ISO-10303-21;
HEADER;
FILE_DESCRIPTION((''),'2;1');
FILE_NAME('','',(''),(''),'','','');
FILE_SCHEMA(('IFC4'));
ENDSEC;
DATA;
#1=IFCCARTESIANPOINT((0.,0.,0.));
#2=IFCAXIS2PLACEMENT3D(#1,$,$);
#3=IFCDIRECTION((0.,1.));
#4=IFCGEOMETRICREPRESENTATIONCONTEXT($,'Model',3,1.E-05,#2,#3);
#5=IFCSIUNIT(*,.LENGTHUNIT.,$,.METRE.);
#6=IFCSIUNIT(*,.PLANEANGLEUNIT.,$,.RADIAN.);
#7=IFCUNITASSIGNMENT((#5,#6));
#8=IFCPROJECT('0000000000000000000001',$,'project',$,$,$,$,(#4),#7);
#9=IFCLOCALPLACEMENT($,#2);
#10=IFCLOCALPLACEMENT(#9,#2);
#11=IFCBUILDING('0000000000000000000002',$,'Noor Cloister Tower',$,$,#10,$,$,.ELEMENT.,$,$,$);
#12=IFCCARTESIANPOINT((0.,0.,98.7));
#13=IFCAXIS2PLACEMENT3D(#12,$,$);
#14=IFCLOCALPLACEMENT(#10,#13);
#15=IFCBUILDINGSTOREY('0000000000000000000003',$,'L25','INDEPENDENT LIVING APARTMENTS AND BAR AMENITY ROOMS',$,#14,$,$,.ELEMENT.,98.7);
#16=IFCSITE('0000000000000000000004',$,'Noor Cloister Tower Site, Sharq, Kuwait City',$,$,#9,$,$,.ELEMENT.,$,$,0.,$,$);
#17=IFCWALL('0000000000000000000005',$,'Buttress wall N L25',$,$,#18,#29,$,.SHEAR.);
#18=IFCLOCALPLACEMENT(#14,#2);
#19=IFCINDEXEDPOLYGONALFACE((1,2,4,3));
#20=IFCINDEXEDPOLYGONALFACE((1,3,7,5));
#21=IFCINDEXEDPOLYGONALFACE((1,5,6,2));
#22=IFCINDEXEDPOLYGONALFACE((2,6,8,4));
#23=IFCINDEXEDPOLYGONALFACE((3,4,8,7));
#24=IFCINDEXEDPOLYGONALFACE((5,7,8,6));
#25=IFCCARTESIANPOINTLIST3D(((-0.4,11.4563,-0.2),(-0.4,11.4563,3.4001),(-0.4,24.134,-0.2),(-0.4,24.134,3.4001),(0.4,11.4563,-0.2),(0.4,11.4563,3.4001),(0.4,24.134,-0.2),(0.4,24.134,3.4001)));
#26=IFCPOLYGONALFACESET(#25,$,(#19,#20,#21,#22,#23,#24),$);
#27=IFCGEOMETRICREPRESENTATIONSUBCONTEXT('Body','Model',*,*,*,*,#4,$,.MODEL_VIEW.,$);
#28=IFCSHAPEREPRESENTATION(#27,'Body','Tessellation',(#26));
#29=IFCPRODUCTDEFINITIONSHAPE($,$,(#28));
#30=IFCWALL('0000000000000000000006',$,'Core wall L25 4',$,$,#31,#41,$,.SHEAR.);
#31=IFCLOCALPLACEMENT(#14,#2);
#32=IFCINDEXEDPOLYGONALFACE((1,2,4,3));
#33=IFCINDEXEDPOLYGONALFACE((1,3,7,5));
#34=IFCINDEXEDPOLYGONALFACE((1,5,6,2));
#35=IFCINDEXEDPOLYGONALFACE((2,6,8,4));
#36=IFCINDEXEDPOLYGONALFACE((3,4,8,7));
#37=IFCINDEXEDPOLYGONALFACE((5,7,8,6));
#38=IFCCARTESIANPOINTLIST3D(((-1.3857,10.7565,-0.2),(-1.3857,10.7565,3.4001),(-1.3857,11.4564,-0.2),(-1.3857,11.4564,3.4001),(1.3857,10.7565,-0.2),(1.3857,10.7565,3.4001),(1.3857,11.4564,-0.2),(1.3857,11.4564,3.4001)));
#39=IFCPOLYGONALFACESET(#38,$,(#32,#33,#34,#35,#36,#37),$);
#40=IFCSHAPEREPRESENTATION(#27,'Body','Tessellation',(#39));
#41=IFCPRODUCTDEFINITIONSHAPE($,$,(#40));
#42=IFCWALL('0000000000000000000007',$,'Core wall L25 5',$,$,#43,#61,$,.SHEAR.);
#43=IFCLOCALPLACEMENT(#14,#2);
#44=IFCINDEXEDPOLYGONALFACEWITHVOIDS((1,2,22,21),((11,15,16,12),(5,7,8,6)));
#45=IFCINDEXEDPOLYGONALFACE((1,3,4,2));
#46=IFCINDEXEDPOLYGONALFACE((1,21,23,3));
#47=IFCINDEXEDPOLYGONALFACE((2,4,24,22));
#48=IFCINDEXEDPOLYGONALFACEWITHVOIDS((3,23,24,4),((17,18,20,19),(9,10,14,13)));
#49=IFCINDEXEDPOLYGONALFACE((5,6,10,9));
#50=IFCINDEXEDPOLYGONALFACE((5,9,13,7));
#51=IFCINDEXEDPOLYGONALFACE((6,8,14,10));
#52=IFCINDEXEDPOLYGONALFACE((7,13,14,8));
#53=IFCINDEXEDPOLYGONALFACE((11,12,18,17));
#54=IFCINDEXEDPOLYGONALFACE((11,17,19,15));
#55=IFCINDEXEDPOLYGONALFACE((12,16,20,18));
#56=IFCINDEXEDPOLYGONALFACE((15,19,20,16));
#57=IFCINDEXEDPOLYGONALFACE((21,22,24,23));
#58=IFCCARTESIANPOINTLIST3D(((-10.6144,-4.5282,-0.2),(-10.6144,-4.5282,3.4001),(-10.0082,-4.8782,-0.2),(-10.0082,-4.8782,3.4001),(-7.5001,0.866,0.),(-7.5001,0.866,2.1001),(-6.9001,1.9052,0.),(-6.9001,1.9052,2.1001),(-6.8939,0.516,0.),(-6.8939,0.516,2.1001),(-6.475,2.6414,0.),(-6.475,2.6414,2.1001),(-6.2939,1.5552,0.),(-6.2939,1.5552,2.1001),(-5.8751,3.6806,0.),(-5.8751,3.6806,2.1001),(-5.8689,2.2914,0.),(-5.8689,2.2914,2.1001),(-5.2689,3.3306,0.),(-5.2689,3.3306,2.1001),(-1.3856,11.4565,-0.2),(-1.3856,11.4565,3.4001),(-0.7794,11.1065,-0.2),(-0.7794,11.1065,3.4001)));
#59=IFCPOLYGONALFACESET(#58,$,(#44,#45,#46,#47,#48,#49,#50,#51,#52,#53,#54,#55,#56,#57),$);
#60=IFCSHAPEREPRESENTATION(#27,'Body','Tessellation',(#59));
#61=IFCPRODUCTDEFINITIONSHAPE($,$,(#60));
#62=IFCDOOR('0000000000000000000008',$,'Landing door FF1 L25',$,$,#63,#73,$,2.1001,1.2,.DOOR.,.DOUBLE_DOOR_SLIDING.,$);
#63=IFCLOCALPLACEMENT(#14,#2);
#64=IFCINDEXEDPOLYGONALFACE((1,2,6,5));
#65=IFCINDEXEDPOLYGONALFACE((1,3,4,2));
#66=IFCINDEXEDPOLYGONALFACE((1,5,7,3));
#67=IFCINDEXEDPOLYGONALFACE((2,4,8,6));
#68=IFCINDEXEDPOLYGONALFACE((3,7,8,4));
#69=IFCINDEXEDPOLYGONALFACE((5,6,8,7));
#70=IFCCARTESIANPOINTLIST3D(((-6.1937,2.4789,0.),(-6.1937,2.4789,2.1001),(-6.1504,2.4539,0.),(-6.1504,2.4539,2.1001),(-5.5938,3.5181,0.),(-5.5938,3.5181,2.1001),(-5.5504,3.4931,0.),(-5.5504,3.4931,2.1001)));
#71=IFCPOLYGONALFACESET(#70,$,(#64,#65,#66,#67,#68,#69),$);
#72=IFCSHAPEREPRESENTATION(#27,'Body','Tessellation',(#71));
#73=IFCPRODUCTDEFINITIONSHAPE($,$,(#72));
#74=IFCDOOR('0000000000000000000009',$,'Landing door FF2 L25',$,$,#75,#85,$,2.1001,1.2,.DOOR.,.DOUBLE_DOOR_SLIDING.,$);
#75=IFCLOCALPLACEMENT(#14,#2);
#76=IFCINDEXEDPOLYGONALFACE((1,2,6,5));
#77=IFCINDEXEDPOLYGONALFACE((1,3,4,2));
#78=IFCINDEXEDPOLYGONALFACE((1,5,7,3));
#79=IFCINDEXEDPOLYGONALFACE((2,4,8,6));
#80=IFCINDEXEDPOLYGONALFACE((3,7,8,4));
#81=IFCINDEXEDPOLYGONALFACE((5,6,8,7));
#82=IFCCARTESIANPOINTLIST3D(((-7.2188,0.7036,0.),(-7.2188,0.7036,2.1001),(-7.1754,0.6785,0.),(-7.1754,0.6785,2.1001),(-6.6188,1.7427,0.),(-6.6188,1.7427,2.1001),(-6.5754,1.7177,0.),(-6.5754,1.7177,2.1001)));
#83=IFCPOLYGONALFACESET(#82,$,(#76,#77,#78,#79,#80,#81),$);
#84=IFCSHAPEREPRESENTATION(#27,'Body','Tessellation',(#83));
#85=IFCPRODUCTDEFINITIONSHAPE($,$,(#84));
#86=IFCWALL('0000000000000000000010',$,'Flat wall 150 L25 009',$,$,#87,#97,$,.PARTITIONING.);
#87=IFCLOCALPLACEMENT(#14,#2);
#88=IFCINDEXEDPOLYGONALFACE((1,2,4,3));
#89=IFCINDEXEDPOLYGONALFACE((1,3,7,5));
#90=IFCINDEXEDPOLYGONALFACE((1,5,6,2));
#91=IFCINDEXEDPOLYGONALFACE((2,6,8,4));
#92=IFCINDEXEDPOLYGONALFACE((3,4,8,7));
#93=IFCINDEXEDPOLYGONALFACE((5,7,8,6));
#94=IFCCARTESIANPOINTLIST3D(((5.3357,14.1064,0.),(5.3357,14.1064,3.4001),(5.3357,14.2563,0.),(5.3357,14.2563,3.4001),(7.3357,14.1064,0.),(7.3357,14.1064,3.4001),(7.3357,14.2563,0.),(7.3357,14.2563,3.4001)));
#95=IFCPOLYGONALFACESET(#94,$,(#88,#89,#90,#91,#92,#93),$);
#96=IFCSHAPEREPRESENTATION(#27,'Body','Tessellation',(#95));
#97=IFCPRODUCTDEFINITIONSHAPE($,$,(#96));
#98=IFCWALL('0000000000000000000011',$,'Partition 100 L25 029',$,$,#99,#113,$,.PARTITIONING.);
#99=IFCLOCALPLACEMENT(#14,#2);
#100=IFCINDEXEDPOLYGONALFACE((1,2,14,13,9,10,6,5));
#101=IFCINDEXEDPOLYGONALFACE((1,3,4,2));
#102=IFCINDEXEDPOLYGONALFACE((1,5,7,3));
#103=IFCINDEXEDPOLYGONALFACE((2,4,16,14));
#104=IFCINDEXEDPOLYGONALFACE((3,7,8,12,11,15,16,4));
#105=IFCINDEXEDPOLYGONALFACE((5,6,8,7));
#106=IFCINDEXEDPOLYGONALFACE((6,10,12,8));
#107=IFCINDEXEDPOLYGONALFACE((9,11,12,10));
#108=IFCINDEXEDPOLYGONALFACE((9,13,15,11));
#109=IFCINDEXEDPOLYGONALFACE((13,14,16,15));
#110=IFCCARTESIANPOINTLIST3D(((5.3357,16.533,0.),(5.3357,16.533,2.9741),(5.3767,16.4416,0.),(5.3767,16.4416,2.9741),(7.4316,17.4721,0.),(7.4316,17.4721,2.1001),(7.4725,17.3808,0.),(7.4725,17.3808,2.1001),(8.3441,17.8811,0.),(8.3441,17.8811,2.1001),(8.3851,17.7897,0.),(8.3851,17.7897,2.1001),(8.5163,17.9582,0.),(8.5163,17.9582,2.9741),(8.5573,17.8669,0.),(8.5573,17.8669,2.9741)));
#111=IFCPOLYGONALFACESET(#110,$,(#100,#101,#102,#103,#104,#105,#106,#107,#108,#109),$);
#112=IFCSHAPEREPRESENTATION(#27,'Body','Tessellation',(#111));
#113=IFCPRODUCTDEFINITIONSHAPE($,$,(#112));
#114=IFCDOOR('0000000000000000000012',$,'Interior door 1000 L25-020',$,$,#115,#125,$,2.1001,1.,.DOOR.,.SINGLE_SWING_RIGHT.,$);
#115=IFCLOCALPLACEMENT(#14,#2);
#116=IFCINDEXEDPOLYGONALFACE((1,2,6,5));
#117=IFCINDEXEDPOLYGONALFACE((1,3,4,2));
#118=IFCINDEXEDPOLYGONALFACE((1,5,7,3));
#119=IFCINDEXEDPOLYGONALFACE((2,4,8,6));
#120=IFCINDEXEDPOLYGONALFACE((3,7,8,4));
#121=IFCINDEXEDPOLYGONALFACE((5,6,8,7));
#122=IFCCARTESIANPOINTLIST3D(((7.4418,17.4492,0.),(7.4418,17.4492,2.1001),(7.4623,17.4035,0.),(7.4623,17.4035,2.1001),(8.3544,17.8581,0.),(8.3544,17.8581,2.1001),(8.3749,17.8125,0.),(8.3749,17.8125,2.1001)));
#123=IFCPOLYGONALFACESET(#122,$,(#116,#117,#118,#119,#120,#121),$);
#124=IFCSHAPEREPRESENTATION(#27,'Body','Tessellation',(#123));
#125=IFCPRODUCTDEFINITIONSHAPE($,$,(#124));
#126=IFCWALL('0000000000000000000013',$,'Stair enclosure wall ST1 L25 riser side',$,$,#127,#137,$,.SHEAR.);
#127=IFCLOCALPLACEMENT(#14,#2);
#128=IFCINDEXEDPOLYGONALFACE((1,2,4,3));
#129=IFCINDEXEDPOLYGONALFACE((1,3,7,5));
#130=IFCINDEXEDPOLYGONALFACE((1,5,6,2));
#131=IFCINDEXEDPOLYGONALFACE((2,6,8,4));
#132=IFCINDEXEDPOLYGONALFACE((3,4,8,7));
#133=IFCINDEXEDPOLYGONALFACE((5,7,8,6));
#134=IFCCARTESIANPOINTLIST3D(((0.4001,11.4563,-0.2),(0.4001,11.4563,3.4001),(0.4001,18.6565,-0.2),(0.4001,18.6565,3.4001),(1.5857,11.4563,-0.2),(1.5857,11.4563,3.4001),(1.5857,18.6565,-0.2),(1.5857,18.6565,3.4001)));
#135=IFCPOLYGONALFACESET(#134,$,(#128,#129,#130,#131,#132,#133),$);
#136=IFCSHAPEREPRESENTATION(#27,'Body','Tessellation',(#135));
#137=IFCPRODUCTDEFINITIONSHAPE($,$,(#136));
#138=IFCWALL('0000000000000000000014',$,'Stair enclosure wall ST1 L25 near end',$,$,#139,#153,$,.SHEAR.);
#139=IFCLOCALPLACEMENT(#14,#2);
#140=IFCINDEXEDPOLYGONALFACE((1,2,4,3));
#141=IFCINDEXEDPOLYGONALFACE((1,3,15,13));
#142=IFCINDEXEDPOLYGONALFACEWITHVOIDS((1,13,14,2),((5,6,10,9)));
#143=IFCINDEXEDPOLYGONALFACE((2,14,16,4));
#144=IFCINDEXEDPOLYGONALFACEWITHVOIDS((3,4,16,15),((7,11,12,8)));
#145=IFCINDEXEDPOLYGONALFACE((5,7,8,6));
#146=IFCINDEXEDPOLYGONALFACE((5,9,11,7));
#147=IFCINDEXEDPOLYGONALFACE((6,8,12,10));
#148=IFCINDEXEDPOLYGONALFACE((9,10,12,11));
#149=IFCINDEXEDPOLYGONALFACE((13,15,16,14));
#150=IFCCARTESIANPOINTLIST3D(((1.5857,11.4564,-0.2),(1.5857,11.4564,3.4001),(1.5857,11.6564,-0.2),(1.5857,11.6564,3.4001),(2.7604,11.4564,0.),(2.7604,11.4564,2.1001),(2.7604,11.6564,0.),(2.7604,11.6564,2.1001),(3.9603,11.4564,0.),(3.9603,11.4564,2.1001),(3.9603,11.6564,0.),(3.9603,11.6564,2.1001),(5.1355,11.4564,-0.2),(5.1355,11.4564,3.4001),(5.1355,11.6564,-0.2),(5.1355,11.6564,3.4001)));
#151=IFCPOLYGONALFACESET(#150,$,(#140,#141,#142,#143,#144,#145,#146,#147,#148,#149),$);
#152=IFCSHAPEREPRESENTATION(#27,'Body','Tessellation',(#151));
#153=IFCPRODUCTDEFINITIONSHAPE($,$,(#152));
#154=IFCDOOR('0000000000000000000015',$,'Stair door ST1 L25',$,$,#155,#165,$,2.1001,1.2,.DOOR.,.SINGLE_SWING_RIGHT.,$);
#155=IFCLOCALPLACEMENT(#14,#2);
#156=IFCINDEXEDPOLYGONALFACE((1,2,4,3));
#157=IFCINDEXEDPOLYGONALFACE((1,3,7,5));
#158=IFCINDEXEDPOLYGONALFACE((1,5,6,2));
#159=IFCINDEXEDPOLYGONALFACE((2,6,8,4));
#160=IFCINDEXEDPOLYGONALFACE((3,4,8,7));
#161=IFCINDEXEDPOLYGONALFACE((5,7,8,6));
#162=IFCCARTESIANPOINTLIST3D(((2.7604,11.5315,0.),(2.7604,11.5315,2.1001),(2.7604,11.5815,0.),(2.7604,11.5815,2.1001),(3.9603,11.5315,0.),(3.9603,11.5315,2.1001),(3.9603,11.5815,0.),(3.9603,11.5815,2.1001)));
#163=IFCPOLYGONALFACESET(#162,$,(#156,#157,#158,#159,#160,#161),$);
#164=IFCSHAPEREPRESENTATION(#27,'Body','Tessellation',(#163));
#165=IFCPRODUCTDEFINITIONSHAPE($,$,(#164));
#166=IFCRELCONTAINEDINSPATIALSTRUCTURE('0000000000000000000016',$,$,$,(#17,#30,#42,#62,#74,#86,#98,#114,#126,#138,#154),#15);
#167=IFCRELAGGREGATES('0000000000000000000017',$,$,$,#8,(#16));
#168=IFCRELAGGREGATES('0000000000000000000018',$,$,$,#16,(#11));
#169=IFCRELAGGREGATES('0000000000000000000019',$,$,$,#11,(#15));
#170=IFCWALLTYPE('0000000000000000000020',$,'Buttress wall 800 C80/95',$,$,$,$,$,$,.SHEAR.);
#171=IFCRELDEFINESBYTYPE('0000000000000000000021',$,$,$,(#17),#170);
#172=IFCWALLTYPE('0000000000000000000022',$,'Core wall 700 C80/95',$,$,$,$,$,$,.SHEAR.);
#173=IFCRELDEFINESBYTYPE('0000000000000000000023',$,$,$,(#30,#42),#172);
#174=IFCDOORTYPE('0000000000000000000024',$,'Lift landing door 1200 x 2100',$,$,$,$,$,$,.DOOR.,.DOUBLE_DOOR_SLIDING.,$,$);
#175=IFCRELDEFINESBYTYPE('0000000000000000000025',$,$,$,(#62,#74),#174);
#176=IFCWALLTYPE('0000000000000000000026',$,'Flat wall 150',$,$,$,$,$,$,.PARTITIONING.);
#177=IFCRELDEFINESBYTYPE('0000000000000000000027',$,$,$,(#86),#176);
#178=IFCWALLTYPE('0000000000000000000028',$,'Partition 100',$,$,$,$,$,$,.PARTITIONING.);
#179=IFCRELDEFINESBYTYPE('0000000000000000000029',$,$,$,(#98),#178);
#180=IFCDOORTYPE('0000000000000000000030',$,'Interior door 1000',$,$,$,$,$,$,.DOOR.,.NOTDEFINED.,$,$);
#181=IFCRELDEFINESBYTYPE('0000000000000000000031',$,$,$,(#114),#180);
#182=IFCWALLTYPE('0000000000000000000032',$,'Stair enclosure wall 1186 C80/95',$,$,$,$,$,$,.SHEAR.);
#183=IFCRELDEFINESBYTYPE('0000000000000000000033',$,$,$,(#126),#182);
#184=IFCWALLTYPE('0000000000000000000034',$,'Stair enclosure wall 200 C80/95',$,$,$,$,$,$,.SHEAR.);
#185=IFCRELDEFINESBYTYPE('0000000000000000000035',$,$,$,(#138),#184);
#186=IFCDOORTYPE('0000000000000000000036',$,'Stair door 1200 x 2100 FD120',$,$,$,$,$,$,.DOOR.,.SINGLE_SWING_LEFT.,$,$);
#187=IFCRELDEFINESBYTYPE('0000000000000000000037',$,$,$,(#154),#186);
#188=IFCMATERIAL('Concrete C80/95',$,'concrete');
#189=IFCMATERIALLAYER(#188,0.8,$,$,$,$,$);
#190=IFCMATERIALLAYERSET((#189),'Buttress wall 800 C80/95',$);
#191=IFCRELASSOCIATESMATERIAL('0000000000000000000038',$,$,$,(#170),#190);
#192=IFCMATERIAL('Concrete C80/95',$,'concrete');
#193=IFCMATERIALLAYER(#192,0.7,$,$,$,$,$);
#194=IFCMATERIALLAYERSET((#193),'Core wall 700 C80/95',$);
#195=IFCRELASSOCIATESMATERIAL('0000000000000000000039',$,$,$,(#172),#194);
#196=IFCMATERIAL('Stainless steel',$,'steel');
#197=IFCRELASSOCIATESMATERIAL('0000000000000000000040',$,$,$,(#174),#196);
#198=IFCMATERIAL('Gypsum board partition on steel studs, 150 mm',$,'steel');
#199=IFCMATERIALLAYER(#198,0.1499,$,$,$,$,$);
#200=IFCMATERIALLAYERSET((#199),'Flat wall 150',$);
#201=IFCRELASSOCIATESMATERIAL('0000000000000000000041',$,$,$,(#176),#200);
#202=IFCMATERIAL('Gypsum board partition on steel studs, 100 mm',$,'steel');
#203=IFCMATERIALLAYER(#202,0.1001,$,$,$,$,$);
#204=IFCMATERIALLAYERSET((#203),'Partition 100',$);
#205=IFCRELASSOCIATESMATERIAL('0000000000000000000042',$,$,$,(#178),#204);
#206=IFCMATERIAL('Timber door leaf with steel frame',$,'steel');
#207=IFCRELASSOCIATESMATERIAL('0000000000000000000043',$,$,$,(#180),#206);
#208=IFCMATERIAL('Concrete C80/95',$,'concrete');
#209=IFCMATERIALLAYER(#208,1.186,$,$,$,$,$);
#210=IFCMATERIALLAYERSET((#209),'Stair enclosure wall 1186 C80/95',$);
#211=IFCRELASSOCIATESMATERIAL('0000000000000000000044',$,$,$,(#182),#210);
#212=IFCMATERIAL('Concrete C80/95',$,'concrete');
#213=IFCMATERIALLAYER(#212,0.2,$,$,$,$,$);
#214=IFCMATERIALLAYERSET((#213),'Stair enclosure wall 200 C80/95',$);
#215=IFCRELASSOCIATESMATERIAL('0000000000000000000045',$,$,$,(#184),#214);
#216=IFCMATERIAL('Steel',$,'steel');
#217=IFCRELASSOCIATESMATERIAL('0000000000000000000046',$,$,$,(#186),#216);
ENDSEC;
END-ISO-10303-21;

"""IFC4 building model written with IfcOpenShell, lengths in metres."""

from ifc_helpers import new_model, si_unit, direction, frame, frame_2d, origin, place, context, subcontext, project, spatial, rectangle, extrude, material, layer, layer_set, type_object, element, fill, save


model = new_model("IFC4")

# Units and contexts
model_context = context("Model", 3, precision=1e-05, world=origin(), true_north=direction((0.0, 1.0)))
body_context = subcontext(model_context, "Body", "Model", "MODEL_VIEW")
ifc_project = project(units=[si_unit("LENGTHUNIT", "METRE"), si_unit("PLANEANGLEUNIT", "RADIAN")], contexts=[model_context])

# Site, building, storey
site_placement = place(None, origin())
site = spatial("IfcSite", under=ifc_project, at=site_placement, Name="Noor Cloister Tower Site, Sharq, Kuwait City", CompositionType="ELEMENT", RefElevation=0.0)
building_placement = place(site_placement, origin())
building = spatial("IfcBuilding", under=site, at=building_placement, Name="Noor Cloister Tower", CompositionType="ELEMENT")
storey_placement = place(building_placement, frame((0.0, 0.0, 98.7)))
storey = spatial("IfcBuildingStorey", under=building, at=storey_placement, Name="L25", Description="INDEPENDENT LIVING APARTMENTS AND BAR AMENITY ROOMS", CompositionType="ELEMENT", Elevation=98.7)

# Walls
ifc_material_1 = material(Name="Concrete C80/95", Category="concrete")
ifc_layer_1 = layer(ifc_material_1, 0.8)
ifc_layer_set_1 = layer_set([ifc_layer_1], Name="Buttress wall 800 C80/95")
wall_type_1 = type_object("IfcWallType", Name="Buttress wall 800 C80/95", PredefinedType="SHEAR", material=ifc_layer_set_1)
wall_1_placement = place(storey_placement, frame((0.0, 11.4563, -0.2), z_axis=(0.0, 0.0, 1.0), x_axis=(0.0, 1.0, 0.0)))
element("IfcWall", 1, at=wall_1_placement, inside=storey, type_object=wall_type_1, Name="Buttress wall N L25", PredefinedType="SHEAR", context=body_context, shape_type="SweptSolid", body=[
    extrude(rectangle(XDim=12.6777, YDim=0.8, at=frame_2d((6.3389, 0.0))), origin(), (0.0, 0.0, 1.0), 3.6001),
])
ifc_material_2 = material(Name="Concrete C80/95", Category="concrete")
ifc_layer_2 = layer(ifc_material_2, 0.7)
ifc_layer_set_2 = layer_set([ifc_layer_2], Name="Core wall 700 C80/95")
wall_type_2 = type_object("IfcWallType", Name="Core wall 700 C80/95", PredefinedType="SHEAR", material=ifc_layer_set_2)
wall_2_placement = place(storey_placement, frame((1.3857, 11.1064, -0.2), z_axis=(0.0, 0.0, 1.0), x_axis=(-1.0, 0.0, 0.0)))
element("IfcWall", 2, at=wall_2_placement, inside=storey, type_object=wall_type_2, Name="Core wall L25 4", PredefinedType="SHEAR", context=body_context, shape_type="SweptSolid", body=[
    extrude(rectangle(XDim=2.7715, YDim=0.7, at=frame_2d((1.3857, 0.0))), origin(), (0.0, 0.0, 1.0), 3.6001),
])

# Wall, openings, doors
wall_3_placement = place(storey_placement, frame((-1.0825, 11.2815, -0.2), z_axis=(0.0, 0.0, 1.0), x_axis=(-0.500001, -0.866025, 0.0)))
wall_3 = element("IfcWall", 3, at=wall_3_placement, inside=storey, type_object=wall_type_2, Name="Core wall L25 5", PredefinedType="SHEAR", context=body_context, shape_type="SweptSolid", body=[
    extrude(rectangle(XDim=18.4575, YDim=0.7, at=frame_2d((9.2288, 0.0))), origin(), (0.0, 0.0, 1.0), 3.6001),
])
opening_1_placement = place(wall_3_placement, frame((8.9788, 0.0, 0.2)))
opening_1 = element("IfcOpeningElement", 4, at=opening_1_placement, cuts=wall_3, PredefinedType="OPENING", context=body_context, shape_type="SweptSolid", body=[
    extrude(rectangle(XDim=1.2, YDim=2.1001, at=frame_2d((0.6001, 1.05))), frame((0.0, 0.3599, 0.0), z_axis=(0.0, -1.0, 0.0), x_axis=(1.0, 0.0, 0.0)), (0.0, 0.0, 1.0), 0.72),
])
opening_2_placement = place(wall_3_placement, frame((11.0288, 0.0, 0.2)))
opening_2 = element("IfcOpeningElement", 5, at=opening_2_placement, cuts=wall_3, PredefinedType="OPENING", context=body_context, shape_type="SweptSolid", body=[
    extrude(rectangle(XDim=1.2, YDim=2.1001, at=frame_2d((0.6001, 1.05))), frame((0.0, 0.3599, 0.0), z_axis=(0.0, -1.0, 0.0), x_axis=(1.0, 0.0, 0.0)), (0.0, 0.0, 1.0), 0.72),
])
ifc_material_3 = material(Name="Stainless steel", Category="steel")
door_type_1 = type_object("IfcDoorType", Name="Lift landing door 1200 x 2100", OperationType="DOUBLE_DOOR_SLIDING", PredefinedType="DOOR", material=ifc_material_3)
door_1_placement = place(opening_1_placement, origin())
door_1 = element("IfcDoor", 6, at=door_1_placement, inside=storey, type_object=door_type_1, Name="Landing door FF1 L25", OperationType="DOUBLE_DOOR_SLIDING", OverallHeight=2.1001, OverallWidth=1.2, PredefinedType="DOOR", context=body_context, shape_type="SweptSolid", body=[
    extrude(rectangle(XDim=1.2, YDim=2.1001, at=frame_2d((0.6001, 1.05))), frame((0.0, 0.0249, 0.0), z_axis=(0.0, -1.0, 0.0), x_axis=(1.0, 0.0, 0.0)), (0.0, 0.0, 1.0), 0.05),
])
fill(opening_1, door_1)
door_2_placement = place(opening_2_placement, origin())
door_2 = element("IfcDoor", 7, at=door_2_placement, inside=storey, type_object=door_type_1, Name="Landing door FF2 L25", OperationType="DOUBLE_DOOR_SLIDING", OverallHeight=2.1001, OverallWidth=1.2, PredefinedType="DOOR", context=body_context, shape_type="SweptSolid", body=[
    extrude(rectangle(XDim=1.2, YDim=2.1001, at=frame_2d((0.6001, 1.05))), frame((0.0, 0.0249, 0.0), z_axis=(0.0, -1.0, 0.0), x_axis=(1.0, 0.0, 0.0)), (0.0, 0.0, 1.0), 0.05),
])
fill(opening_2, door_2)

# Wall
ifc_material_4 = material(Name="Gypsum board partition on steel studs, 150 mm", Category="steel")
ifc_layer_3 = layer(ifc_material_4, 0.1499)
ifc_layer_set_3 = layer_set([ifc_layer_3], Name="Flat wall 150")
wall_type_3 = type_object("IfcWallType", Name="Flat wall 150", PredefinedType="PARTITIONING", material=ifc_layer_set_3)
wall_4_placement = place(storey_placement, frame((5.3357, 14.1814, 0.0), z_axis=(0.0, 0.0, 1.0), x_axis=(1.0, 0.0, 0.0)))
element("IfcWall", 8, at=wall_4_placement, inside=storey, type_object=wall_type_3, Name="Flat wall 150 L25 009", PredefinedType="PARTITIONING", context=body_context, shape_type="SweptSolid", body=[
    extrude(rectangle(XDim=2.0, YDim=0.1499, at=frame_2d((1.0, 0.0))), origin(), (0.0, 0.0, 1.0), 3.4001),
])

# Wall, opening, door
ifc_material_5 = material(Name="Gypsum board partition on steel studs, 100 mm", Category="steel")
ifc_layer_4 = layer(ifc_material_5, 0.1001)
ifc_layer_set_4 = layer_set([ifc_layer_4], Name="Partition 100")
wall_type_4 = type_object("IfcWallType", Name="Partition 100", PredefinedType="PARTITIONING", material=ifc_layer_set_4)
wall_5_placement = place(storey_placement, frame((5.3562, 16.4873, 0.0), z_axis=(0.0, 0.0, 1.0), x_axis=(0.912565, 0.408931, 0.0)))
wall_5 = element("IfcWall", 9, at=wall_5_placement, inside=storey, type_object=wall_type_4, Name="Partition 100 L25 029", PredefinedType="PARTITIONING", context=body_context, shape_type="SweptSolid", body=[
    extrude(rectangle(XDim=3.4854, YDim=0.1001, at=frame_2d((1.7427, 0.0))), origin(), (0.0, 0.0, 1.0), 2.9741),
])
opening_3_placement = place(wall_5_placement, frame((2.2966, 0.0, 0.0)))
opening_3 = element("IfcOpeningElement", 10, at=opening_3_placement, cuts=wall_5, PredefinedType="OPENING", context=body_context, shape_type="SweptSolid", body=[
    extrude(rectangle(XDim=1.0, YDim=2.1001, at=frame_2d((0.5, 1.05))), frame((0.0, 0.0601, 0.0), z_axis=(0.0, -1.0, 0.0), x_axis=(1.0, 0.0, 0.0)), (0.0, 0.0, 1.0), 0.1201),
])
ifc_material_6 = material(Name="Timber door leaf with steel frame", Category="steel")
door_type_2 = type_object("IfcDoorType", Name="Interior door 1000", OperationType="NOTDEFINED", PredefinedType="DOOR", material=ifc_material_6)
door_3_placement = place(opening_3_placement, origin())
door_3 = element("IfcDoor", 11, at=door_3_placement, inside=storey, type_object=door_type_2, Name="Interior door 1000 L25-020", OperationType="SINGLE_SWING_RIGHT", OverallHeight=2.1001, OverallWidth=1.0, PredefinedType="DOOR", context=body_context, shape_type="SweptSolid", body=[
    extrude(rectangle(XDim=1.0, YDim=2.1001, at=frame_2d((0.5, 1.05))), frame((0.0, 0.0249, 0.0), z_axis=(0.0, -1.0, 0.0), x_axis=(1.0, 0.0, 0.0)), (0.0, 0.0, 1.0), 0.05),
])
fill(opening_3, door_3)

# Wall
ifc_material_7 = material(Name="Concrete C80/95", Category="concrete")
ifc_layer_5 = layer(ifc_material_7, 1.186)
ifc_layer_set_5 = layer_set([ifc_layer_5], Name="Stair enclosure wall 1186 C80/95")
wall_type_5 = type_object("IfcWallType", Name="Stair enclosure wall 1186 C80/95", PredefinedType="SHEAR", material=ifc_layer_set_5)
wall_6_placement = place(storey_placement, frame((0.9929, 11.4563, -0.2), z_axis=(0.0, 0.0, 1.0), x_axis=(0.0, 1.0, 0.0)))
element("IfcWall", 12, at=wall_6_placement, inside=storey, type_object=wall_type_5, Name="Stair enclosure wall ST1 L25 riser side", PredefinedType="SHEAR", context=body_context, shape_type="SweptSolid", body=[
    extrude(rectangle(XDim=7.2002, YDim=1.1855, at=frame_2d((3.6001, 0.0))), origin(), (0.0, 0.0, 1.0), 3.6001),
])

# Wall, opening, door
ifc_material_8 = material(Name="Concrete C80/95", Category="concrete")
ifc_layer_6 = layer(ifc_material_8, 0.2)
ifc_layer_set_6 = layer_set([ifc_layer_6], Name="Stair enclosure wall 200 C80/95")
wall_type_6 = type_object("IfcWallType", Name="Stair enclosure wall 200 C80/95", PredefinedType="SHEAR", material=ifc_layer_set_6)
wall_7_placement = place(storey_placement, frame((5.1355, 11.5564, -0.2), z_axis=(0.0, 0.0, 1.0), x_axis=(-1.0, 0.0, 0.0)))
wall_7 = element("IfcWall", 13, at=wall_7_placement, inside=storey, type_object=wall_type_6, Name="Stair enclosure wall ST1 L25 near end", PredefinedType="SHEAR", context=body_context, shape_type="SweptSolid", body=[
    extrude(rectangle(XDim=3.5498, YDim=0.2, at=frame_2d((1.7749, 0.0))), origin(), (0.0, 0.0, 1.0), 3.6001),
])
opening_4_placement = place(wall_7_placement, frame((1.175, 0.0, 0.2)))
opening_4 = element("IfcOpeningElement", 14, at=opening_4_placement, cuts=wall_7, PredefinedType="OPENING", context=body_context, shape_type="SweptSolid", body=[
    extrude(rectangle(XDim=1.2, YDim=2.1001, at=frame_2d((0.6001, 1.05))), frame((0.0, 0.1099, 0.0), z_axis=(0.0, -1.0, 0.0), x_axis=(1.0, 0.0, 0.0)), (0.0, 0.0, 1.0), 0.22),
])
ifc_material_9 = material(Name="Steel", Category="steel")
door_type_3 = type_object("IfcDoorType", Name="Stair door 1200 x 2100 FD120", OperationType="SINGLE_SWING_LEFT", PredefinedType="DOOR", material=ifc_material_9)
door_4_placement = place(opening_4_placement, origin())
door_4 = element("IfcDoor", 15, at=door_4_placement, inside=storey, type_object=door_type_3, Name="Stair door ST1 L25", OperationType="SINGLE_SWING_RIGHT", OverallHeight=2.1001, OverallWidth=1.2, PredefinedType="DOOR", context=body_context, shape_type="SweptSolid", body=[
    extrude(rectangle(XDim=1.2, YDim=2.1001, at=frame_2d((0.6001, 1.05))), frame((0.0, 0.0249, 0.0), z_axis=(0.0, -1.0, 0.0), x_axis=(1.0, 0.0, 0.0)), (0.0, 0.0, 1.0), 0.05),
])
fill(opening_4, door_4)

save(model, "model.ifc")
